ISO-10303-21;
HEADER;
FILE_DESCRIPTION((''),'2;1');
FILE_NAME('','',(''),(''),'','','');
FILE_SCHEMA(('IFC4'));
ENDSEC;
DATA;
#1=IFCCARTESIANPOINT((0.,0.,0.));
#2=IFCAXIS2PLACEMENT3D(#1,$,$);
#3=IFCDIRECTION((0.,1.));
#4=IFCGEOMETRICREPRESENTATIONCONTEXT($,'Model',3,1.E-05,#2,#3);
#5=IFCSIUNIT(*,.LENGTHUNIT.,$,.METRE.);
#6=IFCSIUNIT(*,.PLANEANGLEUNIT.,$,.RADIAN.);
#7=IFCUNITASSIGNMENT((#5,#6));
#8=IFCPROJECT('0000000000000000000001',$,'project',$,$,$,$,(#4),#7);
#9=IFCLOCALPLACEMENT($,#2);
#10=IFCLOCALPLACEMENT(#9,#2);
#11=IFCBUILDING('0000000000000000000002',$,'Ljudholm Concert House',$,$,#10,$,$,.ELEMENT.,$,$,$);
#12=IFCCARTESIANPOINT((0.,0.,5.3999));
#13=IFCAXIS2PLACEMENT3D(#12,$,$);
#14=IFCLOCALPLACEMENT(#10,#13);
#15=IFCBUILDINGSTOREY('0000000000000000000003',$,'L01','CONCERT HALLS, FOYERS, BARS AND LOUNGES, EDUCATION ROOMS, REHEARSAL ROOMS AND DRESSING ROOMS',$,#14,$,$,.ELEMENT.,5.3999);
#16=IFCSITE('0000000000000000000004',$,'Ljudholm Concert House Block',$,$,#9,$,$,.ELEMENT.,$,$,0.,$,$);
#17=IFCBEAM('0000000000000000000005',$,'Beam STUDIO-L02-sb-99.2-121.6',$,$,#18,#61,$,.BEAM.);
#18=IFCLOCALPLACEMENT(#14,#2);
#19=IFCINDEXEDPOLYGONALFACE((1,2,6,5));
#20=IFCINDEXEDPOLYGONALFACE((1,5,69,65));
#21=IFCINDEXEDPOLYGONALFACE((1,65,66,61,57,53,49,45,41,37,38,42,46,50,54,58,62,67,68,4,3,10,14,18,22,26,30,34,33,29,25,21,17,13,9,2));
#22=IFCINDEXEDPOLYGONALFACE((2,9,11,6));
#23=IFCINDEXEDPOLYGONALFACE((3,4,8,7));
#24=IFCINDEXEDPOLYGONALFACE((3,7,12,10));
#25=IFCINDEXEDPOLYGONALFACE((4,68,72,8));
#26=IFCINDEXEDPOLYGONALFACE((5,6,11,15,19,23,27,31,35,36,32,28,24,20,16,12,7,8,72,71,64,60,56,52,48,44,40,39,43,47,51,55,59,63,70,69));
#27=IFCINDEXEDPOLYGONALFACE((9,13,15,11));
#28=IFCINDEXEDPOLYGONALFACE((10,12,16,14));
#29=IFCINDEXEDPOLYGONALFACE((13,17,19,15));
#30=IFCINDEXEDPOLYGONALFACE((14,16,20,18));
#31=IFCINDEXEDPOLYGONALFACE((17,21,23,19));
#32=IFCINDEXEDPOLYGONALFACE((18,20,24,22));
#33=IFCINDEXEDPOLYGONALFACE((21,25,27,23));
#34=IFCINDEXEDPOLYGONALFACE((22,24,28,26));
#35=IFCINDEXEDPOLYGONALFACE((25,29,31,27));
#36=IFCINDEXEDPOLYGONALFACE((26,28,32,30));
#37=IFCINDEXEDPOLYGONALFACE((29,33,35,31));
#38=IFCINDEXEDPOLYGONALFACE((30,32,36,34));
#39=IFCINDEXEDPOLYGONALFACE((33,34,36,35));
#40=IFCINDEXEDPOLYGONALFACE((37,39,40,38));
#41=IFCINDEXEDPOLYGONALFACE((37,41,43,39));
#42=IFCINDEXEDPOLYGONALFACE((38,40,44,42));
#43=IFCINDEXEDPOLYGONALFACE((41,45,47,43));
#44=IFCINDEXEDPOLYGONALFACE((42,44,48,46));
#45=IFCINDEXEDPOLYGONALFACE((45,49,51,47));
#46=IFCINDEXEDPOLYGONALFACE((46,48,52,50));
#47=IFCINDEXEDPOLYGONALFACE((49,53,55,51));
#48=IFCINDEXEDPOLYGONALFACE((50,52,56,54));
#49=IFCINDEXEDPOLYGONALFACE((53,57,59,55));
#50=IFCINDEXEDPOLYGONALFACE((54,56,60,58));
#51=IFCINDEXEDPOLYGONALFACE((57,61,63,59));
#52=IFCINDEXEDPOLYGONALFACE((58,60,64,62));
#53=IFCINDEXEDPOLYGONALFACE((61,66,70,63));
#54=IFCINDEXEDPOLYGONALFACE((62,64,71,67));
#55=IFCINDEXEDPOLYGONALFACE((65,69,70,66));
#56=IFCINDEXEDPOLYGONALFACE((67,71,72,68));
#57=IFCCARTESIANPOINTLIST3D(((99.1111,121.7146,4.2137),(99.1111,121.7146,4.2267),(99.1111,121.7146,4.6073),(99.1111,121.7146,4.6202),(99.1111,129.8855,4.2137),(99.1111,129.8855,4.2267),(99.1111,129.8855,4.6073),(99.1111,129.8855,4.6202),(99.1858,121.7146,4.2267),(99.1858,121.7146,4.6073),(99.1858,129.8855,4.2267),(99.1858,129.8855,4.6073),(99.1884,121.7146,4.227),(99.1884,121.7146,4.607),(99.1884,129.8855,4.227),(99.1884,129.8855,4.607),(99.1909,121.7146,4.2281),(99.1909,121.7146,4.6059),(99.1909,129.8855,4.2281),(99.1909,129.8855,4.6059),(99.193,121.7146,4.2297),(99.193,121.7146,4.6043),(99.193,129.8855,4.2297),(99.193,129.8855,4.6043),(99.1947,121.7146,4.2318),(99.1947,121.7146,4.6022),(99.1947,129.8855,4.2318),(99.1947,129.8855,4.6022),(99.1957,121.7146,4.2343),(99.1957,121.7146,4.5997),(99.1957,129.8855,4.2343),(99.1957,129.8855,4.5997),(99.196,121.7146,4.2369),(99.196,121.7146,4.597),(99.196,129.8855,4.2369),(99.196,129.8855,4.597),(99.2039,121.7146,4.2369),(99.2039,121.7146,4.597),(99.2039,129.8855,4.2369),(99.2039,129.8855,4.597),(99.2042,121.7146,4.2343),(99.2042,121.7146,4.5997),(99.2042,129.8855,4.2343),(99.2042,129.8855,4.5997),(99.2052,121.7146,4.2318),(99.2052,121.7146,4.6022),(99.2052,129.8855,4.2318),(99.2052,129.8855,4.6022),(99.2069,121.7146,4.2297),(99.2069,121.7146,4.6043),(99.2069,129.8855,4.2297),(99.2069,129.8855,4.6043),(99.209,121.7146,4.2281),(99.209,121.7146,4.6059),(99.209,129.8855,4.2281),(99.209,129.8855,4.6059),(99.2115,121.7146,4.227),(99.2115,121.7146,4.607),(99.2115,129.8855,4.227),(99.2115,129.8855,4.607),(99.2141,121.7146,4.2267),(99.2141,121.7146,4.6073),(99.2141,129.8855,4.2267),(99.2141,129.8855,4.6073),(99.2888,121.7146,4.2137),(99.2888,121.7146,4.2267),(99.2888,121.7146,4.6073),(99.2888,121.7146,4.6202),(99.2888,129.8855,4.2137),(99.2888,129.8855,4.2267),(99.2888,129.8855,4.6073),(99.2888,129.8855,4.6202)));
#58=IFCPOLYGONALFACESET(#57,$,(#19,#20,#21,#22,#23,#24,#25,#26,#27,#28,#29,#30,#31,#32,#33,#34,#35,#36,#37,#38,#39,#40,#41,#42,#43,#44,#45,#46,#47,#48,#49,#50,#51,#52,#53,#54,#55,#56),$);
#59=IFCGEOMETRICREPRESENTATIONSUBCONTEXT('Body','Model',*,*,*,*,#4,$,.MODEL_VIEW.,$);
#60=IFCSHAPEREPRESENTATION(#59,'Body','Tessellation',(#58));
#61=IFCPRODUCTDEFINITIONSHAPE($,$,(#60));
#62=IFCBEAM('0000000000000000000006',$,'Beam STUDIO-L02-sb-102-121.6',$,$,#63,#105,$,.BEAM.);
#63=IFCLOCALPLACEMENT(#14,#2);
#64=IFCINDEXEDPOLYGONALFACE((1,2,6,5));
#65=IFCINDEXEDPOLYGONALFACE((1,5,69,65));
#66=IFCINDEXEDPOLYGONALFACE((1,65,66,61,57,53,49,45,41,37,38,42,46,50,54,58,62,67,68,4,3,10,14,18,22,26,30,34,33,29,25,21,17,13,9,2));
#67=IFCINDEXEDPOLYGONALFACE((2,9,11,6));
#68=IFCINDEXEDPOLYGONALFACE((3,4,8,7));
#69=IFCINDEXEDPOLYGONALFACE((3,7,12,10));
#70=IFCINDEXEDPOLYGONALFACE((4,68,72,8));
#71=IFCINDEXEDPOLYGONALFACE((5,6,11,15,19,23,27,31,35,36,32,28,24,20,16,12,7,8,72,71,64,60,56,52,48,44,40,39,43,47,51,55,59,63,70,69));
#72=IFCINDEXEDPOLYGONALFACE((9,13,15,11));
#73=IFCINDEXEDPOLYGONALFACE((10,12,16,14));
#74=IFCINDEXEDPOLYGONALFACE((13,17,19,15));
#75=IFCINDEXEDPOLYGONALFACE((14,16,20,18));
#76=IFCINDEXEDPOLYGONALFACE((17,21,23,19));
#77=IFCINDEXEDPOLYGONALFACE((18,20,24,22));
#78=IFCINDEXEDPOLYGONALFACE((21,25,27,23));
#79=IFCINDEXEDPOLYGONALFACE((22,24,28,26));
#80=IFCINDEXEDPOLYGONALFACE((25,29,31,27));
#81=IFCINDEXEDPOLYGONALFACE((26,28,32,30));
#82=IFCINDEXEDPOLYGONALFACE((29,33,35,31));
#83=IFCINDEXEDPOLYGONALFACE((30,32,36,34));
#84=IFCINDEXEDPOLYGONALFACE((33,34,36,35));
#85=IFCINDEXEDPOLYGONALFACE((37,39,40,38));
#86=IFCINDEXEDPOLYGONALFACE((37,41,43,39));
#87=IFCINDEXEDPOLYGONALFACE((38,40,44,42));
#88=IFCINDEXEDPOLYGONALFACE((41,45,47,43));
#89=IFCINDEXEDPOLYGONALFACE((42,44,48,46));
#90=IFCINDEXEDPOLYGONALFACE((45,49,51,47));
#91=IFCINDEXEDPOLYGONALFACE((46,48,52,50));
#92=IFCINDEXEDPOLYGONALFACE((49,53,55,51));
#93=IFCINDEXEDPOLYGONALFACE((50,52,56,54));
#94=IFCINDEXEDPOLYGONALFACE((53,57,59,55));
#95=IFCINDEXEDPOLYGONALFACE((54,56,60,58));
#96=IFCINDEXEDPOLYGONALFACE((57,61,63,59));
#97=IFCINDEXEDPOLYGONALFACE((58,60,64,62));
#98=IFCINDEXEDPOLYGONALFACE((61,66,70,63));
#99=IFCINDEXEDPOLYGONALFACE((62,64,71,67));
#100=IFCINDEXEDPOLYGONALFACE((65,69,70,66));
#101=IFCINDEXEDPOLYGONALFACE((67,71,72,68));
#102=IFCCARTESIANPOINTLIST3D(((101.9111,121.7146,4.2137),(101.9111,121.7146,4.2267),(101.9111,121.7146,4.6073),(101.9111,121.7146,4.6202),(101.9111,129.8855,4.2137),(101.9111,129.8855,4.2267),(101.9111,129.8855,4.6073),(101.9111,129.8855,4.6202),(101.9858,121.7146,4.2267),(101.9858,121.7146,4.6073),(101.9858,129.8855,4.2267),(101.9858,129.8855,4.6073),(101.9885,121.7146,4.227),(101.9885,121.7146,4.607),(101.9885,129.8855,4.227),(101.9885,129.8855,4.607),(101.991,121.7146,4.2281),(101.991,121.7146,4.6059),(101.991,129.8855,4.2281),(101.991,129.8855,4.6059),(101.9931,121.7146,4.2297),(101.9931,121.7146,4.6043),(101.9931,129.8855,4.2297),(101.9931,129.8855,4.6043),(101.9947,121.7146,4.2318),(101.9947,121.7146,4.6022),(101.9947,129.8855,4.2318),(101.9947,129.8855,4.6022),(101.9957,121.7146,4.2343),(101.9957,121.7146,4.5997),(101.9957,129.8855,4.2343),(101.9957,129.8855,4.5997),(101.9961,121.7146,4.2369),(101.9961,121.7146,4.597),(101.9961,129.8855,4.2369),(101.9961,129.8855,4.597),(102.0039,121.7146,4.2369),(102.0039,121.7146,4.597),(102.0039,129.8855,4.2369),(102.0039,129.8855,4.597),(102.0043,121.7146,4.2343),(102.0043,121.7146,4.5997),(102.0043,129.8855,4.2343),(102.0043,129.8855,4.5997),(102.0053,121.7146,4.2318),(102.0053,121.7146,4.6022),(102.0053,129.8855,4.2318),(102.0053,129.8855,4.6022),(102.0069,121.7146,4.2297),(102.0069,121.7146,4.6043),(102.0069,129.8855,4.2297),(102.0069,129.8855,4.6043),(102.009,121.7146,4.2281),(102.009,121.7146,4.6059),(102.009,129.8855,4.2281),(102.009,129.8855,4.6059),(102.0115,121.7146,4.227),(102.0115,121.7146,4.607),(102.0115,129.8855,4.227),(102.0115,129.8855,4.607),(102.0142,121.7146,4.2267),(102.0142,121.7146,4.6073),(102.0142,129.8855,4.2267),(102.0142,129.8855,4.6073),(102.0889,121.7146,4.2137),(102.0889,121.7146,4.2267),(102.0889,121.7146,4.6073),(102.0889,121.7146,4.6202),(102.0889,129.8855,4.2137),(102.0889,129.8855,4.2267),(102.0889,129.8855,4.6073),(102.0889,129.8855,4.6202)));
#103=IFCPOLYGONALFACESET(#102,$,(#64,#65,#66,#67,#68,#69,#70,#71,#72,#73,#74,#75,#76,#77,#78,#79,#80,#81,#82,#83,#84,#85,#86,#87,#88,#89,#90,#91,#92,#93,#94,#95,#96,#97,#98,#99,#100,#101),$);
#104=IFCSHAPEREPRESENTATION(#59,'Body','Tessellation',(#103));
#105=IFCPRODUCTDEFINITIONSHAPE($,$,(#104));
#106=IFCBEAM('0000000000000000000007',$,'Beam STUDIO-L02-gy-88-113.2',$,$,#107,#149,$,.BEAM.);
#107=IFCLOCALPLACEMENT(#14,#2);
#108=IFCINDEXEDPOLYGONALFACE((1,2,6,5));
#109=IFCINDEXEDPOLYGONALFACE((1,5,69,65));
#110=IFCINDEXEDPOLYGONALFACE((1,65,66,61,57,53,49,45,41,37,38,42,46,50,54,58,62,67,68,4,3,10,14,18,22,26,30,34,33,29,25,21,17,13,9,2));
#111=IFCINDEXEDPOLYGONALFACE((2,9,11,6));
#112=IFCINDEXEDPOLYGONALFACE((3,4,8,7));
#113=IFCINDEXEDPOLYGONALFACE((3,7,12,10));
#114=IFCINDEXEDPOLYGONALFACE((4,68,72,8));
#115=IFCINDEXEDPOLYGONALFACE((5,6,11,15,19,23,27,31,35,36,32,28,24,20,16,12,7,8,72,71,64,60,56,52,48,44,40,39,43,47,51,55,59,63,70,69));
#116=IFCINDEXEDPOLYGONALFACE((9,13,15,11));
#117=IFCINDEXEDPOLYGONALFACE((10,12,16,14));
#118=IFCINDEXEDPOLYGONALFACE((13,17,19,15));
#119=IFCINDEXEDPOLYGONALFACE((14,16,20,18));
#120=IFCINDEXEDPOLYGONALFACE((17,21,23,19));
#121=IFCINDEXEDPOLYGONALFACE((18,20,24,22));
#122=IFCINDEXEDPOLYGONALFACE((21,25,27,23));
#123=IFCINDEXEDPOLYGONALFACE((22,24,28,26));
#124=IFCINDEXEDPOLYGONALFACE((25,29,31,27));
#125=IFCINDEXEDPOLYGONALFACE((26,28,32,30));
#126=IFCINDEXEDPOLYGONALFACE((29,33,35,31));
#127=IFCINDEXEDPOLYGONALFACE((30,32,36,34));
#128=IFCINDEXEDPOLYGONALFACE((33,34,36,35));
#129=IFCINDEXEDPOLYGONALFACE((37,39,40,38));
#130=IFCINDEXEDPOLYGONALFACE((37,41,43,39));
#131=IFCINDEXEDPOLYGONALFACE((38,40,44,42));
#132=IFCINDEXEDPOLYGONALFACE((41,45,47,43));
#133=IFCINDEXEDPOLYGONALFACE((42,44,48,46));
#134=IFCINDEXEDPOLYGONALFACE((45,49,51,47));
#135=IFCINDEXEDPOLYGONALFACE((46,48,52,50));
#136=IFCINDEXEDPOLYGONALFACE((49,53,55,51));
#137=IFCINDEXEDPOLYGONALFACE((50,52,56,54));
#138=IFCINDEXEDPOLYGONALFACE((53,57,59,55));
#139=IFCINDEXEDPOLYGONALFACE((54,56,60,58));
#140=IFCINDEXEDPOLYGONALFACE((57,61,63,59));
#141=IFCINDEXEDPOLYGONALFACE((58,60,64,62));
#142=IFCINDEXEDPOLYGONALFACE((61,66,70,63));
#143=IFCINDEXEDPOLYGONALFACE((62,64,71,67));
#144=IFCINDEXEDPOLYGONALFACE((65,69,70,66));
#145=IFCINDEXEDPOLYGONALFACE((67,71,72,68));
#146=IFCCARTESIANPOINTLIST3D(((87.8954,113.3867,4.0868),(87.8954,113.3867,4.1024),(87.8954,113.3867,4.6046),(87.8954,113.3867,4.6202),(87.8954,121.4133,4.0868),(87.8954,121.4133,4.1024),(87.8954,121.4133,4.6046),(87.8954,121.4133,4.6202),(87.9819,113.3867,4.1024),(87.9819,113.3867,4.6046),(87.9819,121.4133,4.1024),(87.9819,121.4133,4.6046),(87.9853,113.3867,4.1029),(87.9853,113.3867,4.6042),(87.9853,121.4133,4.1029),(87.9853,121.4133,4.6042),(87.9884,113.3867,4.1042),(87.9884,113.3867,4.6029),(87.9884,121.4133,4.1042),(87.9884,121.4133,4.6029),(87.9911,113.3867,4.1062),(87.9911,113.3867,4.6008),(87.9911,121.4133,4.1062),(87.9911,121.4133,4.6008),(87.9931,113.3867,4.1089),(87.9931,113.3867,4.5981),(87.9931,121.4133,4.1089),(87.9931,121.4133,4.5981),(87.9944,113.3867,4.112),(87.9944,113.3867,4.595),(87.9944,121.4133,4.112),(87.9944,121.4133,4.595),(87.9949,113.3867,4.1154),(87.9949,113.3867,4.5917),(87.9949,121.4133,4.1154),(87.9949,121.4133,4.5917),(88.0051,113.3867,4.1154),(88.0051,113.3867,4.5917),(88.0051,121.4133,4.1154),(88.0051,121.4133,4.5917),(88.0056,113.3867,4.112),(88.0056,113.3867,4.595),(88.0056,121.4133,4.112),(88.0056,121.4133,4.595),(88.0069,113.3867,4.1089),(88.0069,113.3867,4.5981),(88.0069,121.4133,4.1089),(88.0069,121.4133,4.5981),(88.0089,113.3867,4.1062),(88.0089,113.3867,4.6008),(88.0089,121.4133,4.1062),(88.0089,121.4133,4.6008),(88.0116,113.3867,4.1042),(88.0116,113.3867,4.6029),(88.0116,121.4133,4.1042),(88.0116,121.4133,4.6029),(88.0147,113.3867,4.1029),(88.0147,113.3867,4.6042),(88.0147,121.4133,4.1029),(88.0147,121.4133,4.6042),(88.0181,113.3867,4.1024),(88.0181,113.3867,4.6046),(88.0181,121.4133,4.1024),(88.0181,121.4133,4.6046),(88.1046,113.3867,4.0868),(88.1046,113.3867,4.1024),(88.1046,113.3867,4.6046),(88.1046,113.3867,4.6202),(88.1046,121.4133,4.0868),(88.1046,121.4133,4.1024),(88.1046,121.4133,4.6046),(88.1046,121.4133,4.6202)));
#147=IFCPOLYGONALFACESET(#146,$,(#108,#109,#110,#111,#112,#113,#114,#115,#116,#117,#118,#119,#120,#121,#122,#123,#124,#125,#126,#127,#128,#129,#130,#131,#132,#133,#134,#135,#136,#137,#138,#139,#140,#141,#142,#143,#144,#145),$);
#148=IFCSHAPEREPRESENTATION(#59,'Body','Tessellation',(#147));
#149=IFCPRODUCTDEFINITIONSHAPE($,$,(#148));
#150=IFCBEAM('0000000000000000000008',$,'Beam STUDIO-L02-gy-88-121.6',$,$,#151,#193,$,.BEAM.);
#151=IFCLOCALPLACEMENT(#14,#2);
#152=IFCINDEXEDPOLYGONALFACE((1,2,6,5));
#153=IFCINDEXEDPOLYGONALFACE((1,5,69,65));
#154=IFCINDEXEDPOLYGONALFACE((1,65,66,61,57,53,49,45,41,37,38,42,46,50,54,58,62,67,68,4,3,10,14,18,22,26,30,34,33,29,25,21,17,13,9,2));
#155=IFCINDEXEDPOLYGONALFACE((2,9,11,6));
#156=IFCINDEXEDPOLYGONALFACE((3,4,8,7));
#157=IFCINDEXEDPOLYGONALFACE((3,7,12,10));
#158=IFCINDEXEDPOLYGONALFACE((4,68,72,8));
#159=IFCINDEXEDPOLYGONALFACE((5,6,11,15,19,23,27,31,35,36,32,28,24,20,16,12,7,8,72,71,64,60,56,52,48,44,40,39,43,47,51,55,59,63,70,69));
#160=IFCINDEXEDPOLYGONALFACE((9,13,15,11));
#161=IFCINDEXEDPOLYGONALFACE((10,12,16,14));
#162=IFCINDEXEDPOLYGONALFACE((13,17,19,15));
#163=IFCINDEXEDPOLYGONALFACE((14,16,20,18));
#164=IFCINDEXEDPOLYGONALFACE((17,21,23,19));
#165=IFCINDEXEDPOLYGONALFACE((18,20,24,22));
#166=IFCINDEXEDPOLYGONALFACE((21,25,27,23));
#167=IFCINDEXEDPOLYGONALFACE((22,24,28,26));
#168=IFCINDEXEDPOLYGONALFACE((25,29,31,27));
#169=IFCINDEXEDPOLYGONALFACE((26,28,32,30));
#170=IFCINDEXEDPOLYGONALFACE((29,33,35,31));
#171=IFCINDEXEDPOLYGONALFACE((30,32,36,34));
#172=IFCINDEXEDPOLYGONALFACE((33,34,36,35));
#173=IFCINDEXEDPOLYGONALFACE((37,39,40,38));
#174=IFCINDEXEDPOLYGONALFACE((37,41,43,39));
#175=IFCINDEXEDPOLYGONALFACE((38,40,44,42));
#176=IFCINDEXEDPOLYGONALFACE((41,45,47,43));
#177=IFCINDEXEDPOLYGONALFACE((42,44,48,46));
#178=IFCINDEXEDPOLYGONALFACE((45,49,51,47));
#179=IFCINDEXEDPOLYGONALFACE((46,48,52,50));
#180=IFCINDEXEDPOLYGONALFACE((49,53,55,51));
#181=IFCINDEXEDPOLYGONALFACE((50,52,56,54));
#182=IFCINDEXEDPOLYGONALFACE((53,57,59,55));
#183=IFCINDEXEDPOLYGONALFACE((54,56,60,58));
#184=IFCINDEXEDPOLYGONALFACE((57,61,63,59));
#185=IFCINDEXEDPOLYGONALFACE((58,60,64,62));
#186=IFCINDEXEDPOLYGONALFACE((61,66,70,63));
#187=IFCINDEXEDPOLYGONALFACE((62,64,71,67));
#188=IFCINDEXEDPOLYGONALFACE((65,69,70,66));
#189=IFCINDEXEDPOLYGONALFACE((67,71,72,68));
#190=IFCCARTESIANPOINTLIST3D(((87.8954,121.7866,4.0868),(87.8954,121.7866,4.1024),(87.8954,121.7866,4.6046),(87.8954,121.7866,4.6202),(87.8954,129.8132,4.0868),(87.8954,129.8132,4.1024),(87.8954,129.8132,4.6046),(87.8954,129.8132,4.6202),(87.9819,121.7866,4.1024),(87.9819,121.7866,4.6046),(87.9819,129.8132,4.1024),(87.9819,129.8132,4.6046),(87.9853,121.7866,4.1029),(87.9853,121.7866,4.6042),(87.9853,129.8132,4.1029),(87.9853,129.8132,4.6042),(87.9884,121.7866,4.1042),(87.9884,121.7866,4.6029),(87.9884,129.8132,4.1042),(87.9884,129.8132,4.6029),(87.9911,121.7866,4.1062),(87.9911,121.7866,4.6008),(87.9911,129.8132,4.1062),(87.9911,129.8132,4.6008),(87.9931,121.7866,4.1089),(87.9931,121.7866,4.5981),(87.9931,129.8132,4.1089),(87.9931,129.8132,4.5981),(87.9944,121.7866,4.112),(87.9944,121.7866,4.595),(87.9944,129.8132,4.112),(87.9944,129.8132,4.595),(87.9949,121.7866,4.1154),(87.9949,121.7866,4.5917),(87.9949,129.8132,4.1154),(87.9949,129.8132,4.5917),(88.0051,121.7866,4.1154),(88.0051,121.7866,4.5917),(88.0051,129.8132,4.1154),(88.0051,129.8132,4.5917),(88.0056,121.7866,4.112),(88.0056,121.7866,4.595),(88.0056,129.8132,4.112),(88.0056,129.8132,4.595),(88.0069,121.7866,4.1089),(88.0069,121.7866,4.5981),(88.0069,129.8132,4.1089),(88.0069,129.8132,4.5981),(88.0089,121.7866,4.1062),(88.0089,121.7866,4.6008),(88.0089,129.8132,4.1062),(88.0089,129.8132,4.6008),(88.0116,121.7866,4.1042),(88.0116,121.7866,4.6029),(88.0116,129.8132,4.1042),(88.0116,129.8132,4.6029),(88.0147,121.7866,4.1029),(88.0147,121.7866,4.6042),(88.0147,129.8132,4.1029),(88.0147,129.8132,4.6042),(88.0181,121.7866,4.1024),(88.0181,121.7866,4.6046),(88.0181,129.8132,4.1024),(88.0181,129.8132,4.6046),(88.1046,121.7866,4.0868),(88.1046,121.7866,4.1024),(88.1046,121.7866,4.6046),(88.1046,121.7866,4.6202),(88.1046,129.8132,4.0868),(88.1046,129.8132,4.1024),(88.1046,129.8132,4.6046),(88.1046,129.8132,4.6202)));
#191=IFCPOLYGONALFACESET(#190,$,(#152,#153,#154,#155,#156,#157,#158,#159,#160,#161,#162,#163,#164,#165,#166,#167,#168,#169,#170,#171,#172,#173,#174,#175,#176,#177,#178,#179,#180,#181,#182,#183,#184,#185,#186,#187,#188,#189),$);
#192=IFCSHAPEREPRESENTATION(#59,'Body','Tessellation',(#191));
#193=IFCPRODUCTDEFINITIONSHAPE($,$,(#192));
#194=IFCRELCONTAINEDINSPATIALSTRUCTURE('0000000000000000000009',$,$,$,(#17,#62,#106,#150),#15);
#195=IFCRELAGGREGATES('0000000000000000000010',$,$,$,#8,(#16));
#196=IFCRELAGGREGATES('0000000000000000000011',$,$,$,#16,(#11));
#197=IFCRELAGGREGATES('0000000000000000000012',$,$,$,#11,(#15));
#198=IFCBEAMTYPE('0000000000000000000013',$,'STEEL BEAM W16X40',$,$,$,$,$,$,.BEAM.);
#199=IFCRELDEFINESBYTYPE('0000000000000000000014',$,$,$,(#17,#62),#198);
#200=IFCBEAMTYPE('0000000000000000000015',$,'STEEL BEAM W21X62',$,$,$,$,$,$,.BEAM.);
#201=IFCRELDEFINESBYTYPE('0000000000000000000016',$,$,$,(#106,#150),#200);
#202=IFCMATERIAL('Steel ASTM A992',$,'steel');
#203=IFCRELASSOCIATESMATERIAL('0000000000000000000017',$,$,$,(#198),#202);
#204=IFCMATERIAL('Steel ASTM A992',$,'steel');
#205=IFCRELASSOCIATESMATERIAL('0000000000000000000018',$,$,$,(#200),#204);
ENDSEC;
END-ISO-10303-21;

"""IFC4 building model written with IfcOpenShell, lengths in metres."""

from ifc_helpers import new_model, si_unit, direction, frame, origin, origin_2d, place, context, subcontext, project, spatial, i_section, extrude, material, material_profile, profile_set, type_object, element, save


model = new_model("IFC4")

# Units and contexts
model_context = context("Model", 3, precision=1e-05, world=origin(), true_north=direction((0.0, 1.0)))
body_context = subcontext(model_context, "Body", "Model", "MODEL_VIEW")
ifc_project = project(units=[si_unit("LENGTHUNIT", "METRE"), si_unit("PLANEANGLEUNIT", "RADIAN")], contexts=[model_context])

# Site, building, storey
site_placement = place(None, origin())
site = spatial("IfcSite", under=ifc_project, at=site_placement, Name="Ljudholm Concert House Block", CompositionType="ELEMENT", RefElevation=0.0)
building_placement = place(site_placement, origin())
building = spatial("IfcBuilding", under=site, at=building_placement, Name="Ljudholm Concert House", CompositionType="ELEMENT")
storey_placement = place(building_placement, frame((0.0, 0.0, 5.3999)))
storey = spatial("IfcBuildingStorey", under=building, at=storey_placement, Name="L01", Description="CONCERT HALLS, FOYERS, BARS AND LOUNGES, EDUCATION ROOMS, REHEARSAL ROOMS AND DRESSING ROOMS", CompositionType="ELEMENT", Elevation=5.3999)

# Beams
ifc_material_1 = material(Name="Steel ASTM A992", Category="steel")
ifc_material_profile_1 = material_profile(ifc_material_1, i_section(OverallWidth=0.1777, OverallDepth=0.4065, WebThickness=0.0078, FlangeThickness=0.0129, FilletRadius=0.0103, at=origin_2d()), Name="W16X40")
ifc_profile_set_1 = profile_set([ifc_material_profile_1], Name="Steel ASTM A992")
beam_type_1 = type_object("IfcBeamType", Name="STEEL BEAM W16X40", PredefinedType="BEAM", material=ifc_profile_set_1)
for number, where, z_axis, x_axis, name in (
    (1, (99.2, 121.7146, 4.417), (0.0, 1.0, 0.0), (-1.0, 0.0, 0.0), "Beam STUDIO-L02-sb-99.2-121.6"),
    (2, (102.0, 121.7146, 4.417), (0.0, 1.0, 0.0), (-1.0, 0.0, 0.0), "Beam STUDIO-L02-sb-102-121.6"),
):
    element("IfcBeam", number, at=place(storey_placement, frame(where, z_axis=z_axis, x_axis=x_axis)), inside=storey, type_object=beam_type_1, Name=name, PredefinedType="BEAM", context=body_context, shape_type="SweptSolid", body=[
        extrude(i_section(OverallWidth=0.1777, OverallDepth=0.4065, WebThickness=0.0078, FlangeThickness=0.0129, FilletRadius=0.0103, at=origin_2d()), origin(), (0.0, 0.0, 1.0), 8.1709),
    ])
ifc_material_2 = material(Name="Steel ASTM A992", Category="steel")
ifc_material_profile_2 = material_profile(ifc_material_2, i_section(OverallWidth=0.2092, OverallDepth=0.5334, WebThickness=0.0103, FlangeThickness=0.0156, FilletRadius=0.0129, at=origin_2d()), Name="W21X62")
ifc_profile_set_2 = profile_set([ifc_material_profile_2], Name="Steel ASTM A992")
beam_type_2 = type_object("IfcBeamType", Name="STEEL BEAM W21X62", PredefinedType="BEAM", material=ifc_profile_set_2)
for number, where, z_axis, x_axis, name in (
    (3, (88.0, 113.3867, 4.3535), (0.0, 1.0, 0.0), (-1.0, 0.0, 0.0), "Beam STUDIO-L02-gy-88-113.2"),
    (4, (88.0, 121.7866, 4.3535), (0.0, 1.0, 0.0), (-1.0, 0.0, 0.0), "Beam STUDIO-L02-gy-88-121.6"),
):
    element("IfcBeam", number, at=place(storey_placement, frame(where, z_axis=z_axis, x_axis=x_axis)), inside=storey, type_object=beam_type_2, Name=name, PredefinedType="BEAM", context=body_context, shape_type="SweptSolid", body=[
        extrude(i_section(OverallWidth=0.2092, OverallDepth=0.5334, WebThickness=0.0103, FlangeThickness=0.0156, FilletRadius=0.0129, at=origin_2d()), origin(), (0.0, 0.0, 1.0), 8.0266),
    ])

save(model, "model.ifc")
